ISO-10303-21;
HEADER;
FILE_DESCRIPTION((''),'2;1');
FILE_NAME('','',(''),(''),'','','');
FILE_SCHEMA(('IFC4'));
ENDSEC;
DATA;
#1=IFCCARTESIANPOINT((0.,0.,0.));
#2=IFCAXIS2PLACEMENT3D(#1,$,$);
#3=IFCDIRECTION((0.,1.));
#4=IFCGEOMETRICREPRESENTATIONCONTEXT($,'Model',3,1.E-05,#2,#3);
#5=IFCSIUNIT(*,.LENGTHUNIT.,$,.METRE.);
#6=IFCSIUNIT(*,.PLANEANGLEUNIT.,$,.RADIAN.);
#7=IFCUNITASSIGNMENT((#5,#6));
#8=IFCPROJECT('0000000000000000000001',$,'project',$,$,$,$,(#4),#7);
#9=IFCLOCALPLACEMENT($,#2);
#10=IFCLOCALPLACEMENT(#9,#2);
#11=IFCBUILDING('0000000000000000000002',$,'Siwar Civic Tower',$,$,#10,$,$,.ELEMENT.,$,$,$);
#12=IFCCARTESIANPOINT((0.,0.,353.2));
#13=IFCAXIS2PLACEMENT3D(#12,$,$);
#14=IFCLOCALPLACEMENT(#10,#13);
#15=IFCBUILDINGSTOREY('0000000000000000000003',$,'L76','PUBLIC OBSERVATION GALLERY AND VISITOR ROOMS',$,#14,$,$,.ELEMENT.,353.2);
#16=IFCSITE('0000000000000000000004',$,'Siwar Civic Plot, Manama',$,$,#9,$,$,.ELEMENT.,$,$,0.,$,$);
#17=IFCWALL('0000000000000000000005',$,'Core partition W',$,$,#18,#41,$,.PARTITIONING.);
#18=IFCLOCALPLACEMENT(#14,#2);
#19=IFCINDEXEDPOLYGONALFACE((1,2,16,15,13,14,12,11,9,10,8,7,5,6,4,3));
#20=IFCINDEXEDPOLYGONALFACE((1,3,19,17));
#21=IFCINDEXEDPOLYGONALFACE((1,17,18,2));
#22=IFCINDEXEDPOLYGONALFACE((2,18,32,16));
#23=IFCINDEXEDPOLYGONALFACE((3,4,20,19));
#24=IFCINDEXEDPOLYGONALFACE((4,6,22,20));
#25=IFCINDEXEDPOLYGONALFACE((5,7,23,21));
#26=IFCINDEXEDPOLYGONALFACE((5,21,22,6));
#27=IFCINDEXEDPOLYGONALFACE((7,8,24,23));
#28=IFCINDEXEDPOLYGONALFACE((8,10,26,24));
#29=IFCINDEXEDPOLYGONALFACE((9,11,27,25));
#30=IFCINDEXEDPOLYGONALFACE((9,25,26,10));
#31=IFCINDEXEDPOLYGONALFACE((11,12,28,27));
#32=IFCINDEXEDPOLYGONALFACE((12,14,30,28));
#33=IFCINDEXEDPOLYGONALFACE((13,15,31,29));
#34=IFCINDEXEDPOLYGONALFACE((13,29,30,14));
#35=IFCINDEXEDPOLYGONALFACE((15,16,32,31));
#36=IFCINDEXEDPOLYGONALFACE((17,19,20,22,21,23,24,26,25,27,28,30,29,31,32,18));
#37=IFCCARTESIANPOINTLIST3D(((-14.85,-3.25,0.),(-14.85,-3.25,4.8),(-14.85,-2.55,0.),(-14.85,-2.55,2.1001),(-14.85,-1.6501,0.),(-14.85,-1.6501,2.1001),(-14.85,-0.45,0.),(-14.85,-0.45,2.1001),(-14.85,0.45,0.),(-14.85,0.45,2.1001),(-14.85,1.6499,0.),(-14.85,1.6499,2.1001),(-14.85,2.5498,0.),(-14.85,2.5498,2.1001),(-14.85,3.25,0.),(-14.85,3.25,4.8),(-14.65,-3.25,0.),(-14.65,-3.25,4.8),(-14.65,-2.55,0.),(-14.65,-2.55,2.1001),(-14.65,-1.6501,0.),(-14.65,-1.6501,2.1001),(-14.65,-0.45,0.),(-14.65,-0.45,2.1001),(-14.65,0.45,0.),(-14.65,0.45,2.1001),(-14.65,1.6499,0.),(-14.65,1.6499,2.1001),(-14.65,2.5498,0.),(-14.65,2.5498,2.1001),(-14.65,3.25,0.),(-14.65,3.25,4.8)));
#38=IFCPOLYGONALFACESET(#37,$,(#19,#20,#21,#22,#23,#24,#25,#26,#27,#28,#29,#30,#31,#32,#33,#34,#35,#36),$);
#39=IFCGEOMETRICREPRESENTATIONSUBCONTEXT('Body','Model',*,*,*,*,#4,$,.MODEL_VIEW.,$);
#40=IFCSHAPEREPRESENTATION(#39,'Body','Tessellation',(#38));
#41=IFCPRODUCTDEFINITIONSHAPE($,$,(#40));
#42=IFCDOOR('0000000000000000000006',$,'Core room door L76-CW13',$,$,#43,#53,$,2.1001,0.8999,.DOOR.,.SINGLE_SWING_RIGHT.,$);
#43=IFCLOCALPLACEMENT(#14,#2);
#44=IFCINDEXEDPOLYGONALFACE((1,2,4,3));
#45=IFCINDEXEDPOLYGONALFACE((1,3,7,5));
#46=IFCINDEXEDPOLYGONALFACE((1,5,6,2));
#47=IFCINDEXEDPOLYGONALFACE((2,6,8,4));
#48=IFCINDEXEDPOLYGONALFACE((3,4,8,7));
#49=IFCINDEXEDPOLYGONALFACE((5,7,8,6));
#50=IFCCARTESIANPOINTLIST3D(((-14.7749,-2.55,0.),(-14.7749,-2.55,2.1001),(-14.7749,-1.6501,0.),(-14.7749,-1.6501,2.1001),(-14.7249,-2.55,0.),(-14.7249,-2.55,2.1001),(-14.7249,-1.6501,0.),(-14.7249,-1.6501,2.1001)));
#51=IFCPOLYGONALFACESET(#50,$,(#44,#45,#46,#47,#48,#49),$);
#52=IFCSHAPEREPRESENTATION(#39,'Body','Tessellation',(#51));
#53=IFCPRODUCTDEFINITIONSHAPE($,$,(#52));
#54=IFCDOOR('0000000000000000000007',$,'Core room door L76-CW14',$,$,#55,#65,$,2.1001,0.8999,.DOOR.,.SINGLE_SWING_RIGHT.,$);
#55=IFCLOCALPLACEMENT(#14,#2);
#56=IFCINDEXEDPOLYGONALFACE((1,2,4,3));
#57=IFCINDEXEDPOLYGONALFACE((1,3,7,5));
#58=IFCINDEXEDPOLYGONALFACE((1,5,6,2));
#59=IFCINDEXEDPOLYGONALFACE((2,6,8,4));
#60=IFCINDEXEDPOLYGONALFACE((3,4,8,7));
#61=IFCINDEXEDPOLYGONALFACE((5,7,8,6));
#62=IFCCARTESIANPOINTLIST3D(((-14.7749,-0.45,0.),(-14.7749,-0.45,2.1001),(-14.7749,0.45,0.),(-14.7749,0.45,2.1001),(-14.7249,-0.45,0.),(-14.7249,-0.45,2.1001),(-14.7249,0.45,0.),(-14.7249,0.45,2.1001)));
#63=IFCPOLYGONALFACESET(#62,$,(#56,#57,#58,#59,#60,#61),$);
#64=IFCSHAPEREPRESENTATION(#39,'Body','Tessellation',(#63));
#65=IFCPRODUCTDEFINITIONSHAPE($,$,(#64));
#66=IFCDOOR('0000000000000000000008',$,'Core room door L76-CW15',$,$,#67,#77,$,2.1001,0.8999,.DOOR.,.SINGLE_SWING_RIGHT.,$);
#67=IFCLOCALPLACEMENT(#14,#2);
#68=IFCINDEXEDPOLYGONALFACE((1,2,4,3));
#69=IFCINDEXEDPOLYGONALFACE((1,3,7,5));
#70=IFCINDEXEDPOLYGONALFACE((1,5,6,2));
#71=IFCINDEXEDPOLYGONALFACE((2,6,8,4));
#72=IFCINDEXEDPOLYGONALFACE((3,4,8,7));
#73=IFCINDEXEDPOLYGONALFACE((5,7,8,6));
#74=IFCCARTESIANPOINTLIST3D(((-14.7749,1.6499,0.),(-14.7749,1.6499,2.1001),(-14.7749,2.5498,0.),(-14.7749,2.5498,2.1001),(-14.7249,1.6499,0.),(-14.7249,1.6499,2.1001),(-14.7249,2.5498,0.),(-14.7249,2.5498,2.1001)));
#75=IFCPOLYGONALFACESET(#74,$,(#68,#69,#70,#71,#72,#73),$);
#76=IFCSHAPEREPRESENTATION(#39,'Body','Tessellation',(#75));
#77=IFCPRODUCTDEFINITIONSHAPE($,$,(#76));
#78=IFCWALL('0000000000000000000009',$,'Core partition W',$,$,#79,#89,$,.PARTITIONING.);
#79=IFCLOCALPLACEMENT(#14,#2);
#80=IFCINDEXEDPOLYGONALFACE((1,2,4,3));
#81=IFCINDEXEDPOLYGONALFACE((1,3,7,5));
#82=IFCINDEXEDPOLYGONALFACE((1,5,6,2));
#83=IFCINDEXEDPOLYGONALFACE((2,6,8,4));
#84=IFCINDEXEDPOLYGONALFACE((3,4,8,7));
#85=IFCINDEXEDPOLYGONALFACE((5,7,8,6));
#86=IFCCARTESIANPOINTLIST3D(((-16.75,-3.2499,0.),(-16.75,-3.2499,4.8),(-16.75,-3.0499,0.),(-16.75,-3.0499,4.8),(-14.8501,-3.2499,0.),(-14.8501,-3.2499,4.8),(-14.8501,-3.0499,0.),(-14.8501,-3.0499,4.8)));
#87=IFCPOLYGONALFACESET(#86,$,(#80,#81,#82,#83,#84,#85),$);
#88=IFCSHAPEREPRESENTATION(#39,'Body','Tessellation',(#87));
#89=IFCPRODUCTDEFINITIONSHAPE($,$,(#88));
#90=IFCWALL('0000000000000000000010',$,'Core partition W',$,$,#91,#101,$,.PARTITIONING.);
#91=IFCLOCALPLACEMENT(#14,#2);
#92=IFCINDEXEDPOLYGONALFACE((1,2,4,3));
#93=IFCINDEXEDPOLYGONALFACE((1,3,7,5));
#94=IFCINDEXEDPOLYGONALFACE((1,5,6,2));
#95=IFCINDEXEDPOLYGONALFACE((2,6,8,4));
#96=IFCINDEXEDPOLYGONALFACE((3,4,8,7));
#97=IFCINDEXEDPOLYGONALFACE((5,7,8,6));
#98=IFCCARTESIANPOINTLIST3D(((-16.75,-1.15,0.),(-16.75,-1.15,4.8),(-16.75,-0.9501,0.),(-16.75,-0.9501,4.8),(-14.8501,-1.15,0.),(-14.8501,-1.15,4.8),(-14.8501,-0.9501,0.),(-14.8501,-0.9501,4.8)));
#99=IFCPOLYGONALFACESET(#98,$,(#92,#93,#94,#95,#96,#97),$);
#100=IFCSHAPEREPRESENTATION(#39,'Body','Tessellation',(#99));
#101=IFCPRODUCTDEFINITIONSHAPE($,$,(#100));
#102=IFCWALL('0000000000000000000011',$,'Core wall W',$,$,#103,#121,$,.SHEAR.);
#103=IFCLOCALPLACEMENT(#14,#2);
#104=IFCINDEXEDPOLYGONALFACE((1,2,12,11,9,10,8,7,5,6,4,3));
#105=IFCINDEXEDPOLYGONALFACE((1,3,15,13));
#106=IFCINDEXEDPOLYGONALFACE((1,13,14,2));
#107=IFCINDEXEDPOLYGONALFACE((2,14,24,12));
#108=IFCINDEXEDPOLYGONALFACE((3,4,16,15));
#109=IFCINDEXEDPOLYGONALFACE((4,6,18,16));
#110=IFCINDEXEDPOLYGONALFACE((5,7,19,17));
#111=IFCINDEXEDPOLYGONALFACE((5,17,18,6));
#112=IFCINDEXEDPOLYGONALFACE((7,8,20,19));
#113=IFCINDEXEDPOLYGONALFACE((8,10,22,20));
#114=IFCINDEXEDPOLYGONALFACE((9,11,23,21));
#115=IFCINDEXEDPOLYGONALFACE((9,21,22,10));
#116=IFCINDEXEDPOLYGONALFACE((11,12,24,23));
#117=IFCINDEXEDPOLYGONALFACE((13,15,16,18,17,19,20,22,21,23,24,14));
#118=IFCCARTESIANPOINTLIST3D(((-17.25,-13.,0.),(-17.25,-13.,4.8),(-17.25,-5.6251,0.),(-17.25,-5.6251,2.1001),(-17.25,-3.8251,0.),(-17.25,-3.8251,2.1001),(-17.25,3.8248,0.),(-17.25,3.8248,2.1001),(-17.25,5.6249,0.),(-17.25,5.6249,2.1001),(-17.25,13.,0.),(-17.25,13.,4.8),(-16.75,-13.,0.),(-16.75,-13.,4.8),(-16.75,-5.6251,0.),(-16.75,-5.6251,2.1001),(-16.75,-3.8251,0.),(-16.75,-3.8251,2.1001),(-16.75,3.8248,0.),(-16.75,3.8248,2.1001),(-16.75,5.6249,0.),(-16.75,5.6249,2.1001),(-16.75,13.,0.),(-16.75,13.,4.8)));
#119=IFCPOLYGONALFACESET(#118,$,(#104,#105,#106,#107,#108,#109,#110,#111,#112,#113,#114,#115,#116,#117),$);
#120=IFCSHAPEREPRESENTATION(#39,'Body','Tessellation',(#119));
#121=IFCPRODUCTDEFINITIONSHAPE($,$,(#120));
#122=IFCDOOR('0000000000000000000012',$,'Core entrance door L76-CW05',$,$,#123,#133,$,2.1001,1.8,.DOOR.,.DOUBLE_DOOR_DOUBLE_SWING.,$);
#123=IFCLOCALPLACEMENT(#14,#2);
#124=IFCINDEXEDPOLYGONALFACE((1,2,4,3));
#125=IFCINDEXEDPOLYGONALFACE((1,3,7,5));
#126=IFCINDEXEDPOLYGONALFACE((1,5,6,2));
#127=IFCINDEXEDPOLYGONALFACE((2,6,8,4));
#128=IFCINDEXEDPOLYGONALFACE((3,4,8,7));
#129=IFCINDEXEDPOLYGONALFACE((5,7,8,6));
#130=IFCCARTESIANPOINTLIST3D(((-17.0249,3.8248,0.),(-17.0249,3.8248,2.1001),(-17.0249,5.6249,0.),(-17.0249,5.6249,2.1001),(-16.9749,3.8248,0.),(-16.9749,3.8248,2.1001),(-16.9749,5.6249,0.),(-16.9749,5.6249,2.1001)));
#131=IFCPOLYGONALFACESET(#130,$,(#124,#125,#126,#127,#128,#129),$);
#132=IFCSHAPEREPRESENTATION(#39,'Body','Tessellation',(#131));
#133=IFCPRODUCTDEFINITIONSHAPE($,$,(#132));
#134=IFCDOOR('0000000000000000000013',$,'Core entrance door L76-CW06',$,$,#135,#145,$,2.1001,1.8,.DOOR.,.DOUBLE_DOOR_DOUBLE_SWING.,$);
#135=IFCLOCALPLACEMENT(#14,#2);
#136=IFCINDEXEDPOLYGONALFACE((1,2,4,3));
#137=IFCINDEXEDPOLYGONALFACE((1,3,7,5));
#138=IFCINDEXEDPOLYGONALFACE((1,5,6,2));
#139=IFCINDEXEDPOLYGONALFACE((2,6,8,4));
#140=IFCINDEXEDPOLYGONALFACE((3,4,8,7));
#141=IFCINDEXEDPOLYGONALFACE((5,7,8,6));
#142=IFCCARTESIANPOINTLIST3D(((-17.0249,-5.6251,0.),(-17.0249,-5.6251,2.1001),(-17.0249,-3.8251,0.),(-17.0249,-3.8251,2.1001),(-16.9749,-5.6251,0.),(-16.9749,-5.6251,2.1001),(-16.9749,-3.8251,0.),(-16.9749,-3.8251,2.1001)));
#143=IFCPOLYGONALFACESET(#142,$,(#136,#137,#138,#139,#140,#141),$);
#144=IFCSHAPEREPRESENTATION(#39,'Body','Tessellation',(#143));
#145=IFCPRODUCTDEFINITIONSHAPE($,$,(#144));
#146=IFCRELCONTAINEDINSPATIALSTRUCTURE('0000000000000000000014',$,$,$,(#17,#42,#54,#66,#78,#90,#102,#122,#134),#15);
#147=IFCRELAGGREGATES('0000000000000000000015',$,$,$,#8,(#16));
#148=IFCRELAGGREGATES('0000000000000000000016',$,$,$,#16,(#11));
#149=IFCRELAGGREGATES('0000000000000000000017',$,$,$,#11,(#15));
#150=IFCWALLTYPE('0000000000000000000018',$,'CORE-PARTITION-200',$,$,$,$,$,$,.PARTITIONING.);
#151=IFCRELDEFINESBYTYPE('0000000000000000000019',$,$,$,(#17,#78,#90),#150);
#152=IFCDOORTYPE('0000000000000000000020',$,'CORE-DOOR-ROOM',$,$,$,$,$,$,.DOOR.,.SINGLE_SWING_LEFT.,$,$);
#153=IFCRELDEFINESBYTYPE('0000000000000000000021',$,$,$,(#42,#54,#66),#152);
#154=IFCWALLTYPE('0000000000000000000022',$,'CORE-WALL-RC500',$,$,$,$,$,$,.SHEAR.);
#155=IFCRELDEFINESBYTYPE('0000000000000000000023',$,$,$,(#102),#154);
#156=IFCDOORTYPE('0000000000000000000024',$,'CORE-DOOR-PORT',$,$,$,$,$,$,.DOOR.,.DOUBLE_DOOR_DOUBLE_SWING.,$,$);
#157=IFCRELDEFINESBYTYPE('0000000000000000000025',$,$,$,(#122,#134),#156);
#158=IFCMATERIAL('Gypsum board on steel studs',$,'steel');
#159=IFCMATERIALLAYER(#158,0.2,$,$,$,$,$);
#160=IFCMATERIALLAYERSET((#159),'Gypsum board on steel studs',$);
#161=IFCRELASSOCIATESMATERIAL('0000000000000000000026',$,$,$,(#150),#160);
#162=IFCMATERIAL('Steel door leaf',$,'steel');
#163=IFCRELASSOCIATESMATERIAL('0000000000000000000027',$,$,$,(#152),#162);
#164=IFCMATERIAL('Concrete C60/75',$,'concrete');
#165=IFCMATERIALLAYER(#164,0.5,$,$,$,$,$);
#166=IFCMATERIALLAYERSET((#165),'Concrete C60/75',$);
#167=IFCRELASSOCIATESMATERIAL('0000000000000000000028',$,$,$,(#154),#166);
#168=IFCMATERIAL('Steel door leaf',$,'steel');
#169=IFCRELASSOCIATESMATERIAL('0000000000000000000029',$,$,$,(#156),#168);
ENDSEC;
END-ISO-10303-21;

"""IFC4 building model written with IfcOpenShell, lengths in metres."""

from ifc_helpers import new_model, si_unit, direction, frame, frame_2d, origin, place, context, subcontext, project, spatial, rectangle, extrude, material, layer, layer_set, type_object, element, fill, save


model = new_model("IFC4")

# Units and contexts
model_context = context("Model", 3, precision=1e-05, world=origin(), true_north=direction((0.0, 1.0)))
body_context = subcontext(model_context, "Body", "Model", "MODEL_VIEW")
ifc_project = project(units=[si_unit("LENGTHUNIT", "METRE"), si_unit("PLANEANGLEUNIT", "RADIAN")], contexts=[model_context])

# Site, building, storey
site_placement = place(None, origin())
site = spatial("IfcSite", under=ifc_project, at=site_placement, Name="Siwar Civic Plot, Manama", CompositionType="ELEMENT", RefElevation=0.0)
building_placement = place(site_placement, origin())
building = spatial("IfcBuilding", under=site, at=building_placement, Name="Siwar Civic Tower", CompositionType="ELEMENT")
storey_placement = place(building_placement, frame((0.0, 0.0, 353.2)))
storey = spatial("IfcBuildingStorey", under=building, at=storey_placement, Name="L76", Description="PUBLIC OBSERVATION GALLERY AND VISITOR ROOMS", CompositionType="ELEMENT", Elevation=353.2)

# Wall, openings, doors
ifc_material_1 = material(Name="Gypsum board on steel studs", Category="steel")
ifc_layer_1 = layer(ifc_material_1, 0.2)
ifc_layer_set_1 = layer_set([ifc_layer_1], Name="Gypsum board on steel studs")
wall_type_1 = type_object("IfcWallType", Name="CORE-PARTITION-200", PredefinedType="PARTITIONING", material=ifc_layer_set_1)
wall_1_placement = place(storey_placement, frame((-14.75, -3.25, 0.0), z_axis=(0.0, 0.0, 1.0), x_axis=(0.0, 1.0, 0.0)))
wall_1 = element("IfcWall", 1, at=wall_1_placement, inside=storey, type_object=wall_type_1, Name="Core partition W", PredefinedType="PARTITIONING", context=body_context, shape_type="SweptSolid", body=[
    extrude(rectangle(XDim=6.5, YDim=0.2, at=frame_2d((3.25, 0.0))), origin(), (0.0, 0.0, 1.0), 4.8),
])
opening_1_placement = place(wall_1_placement, frame((0.7, 0.0, 0.0)))
opening_1 = element("IfcOpeningElement", 2, at=opening_1_placement, cuts=wall_1, PredefinedType="OPENING", context=body_context, shape_type="SweptSolid", body=[
    extrude(rectangle(XDim=0.8999, YDim=2.1001, at=frame_2d((0.45, 1.05))), frame((0.0, 0.1099, 0.0), z_axis=(0.0, -1.0, 0.0), x_axis=(1.0, 0.0, 0.0)), (0.0, 0.0, 1.0), 0.22),
])
opening_2_placement = place(wall_1_placement, frame((2.8, 0.0, 0.0)))
opening_2 = element("IfcOpeningElement", 3, at=opening_2_placement, cuts=wall_1, PredefinedType="OPENING", context=body_context, shape_type="SweptSolid", body=[
    extrude(rectangle(XDim=0.8999, YDim=2.1001, at=frame_2d((0.45, 1.05))), frame((0.0, 0.1099, 0.0), z_axis=(0.0, -1.0, 0.0), x_axis=(1.0, 0.0, 0.0)), (0.0, 0.0, 1.0), 0.22),
])
opening_3_placement = place(wall_1_placement, frame((4.8999, 0.0, 0.0)))
opening_3 = element("IfcOpeningElement", 4, at=opening_3_placement, cuts=wall_1, PredefinedType="OPENING", context=body_context, shape_type="SweptSolid", body=[
    extrude(rectangle(XDim=0.8999, YDim=2.1001, at=frame_2d((0.45, 1.05))), frame((0.0, 0.1099, 0.0), z_axis=(0.0, -1.0, 0.0), x_axis=(1.0, 0.0, 0.0)), (0.0, 0.0, 1.0), 0.22),
])
ifc_material_2 = material(Name="Steel door leaf", Category="steel")
door_type_1 = type_object("IfcDoorType", Name="CORE-DOOR-ROOM", OperationType="SINGLE_SWING_LEFT", PredefinedType="DOOR", material=ifc_material_2)
door_1_placement = place(opening_1_placement, origin())
door_1 = element("IfcDoor", 5, at=door_1_placement, inside=storey, type_object=door_type_1, Name="Core room door L76-CW13", OperationType="SINGLE_SWING_RIGHT", OverallHeight=2.1001, OverallWidth=0.8999, PredefinedType="DOOR", context=body_context, shape_type="SweptSolid", body=[
    extrude(rectangle(XDim=0.8999, YDim=2.1001, at=frame_2d((0.45, 1.05))), frame((0.0, 0.0249, 0.0), z_axis=(0.0, -1.0, 0.0), x_axis=(1.0, 0.0, 0.0)), (0.0, 0.0, 1.0), 0.05),
])
fill(opening_1, door_1)
door_2_placement = place(opening_2_placement, origin())
door_2 = element("IfcDoor", 6, at=door_2_placement, inside=storey, type_object=door_type_1, Name="Core room door L76-CW14", OperationType="SINGLE_SWING_RIGHT", OverallHeight=2.1001, OverallWidth=0.8999, PredefinedType="DOOR", context=body_context, shape_type="SweptSolid", body=[
    extrude(rectangle(XDim=0.8999, YDim=2.1001, at=frame_2d((0.45, 1.05))), frame((0.0, 0.0249, 0.0), z_axis=(0.0, -1.0, 0.0), x_axis=(1.0, 0.0, 0.0)), (0.0, 0.0, 1.0), 0.05),
])
fill(opening_2, door_2)
door_3_placement = place(opening_3_placement, origin())
door_3 = element("IfcDoor", 7, at=door_3_placement, inside=storey, type_object=door_type_1, Name="Core room door L76-CW15", OperationType="SINGLE_SWING_RIGHT", OverallHeight=2.1001, OverallWidth=0.8999, PredefinedType="DOOR", context=body_context, shape_type="SweptSolid", body=[
    extrude(rectangle(XDim=0.8999, YDim=2.1001, at=frame_2d((0.45, 1.05))), frame((0.0, 0.0249, 0.0), z_axis=(0.0, -1.0, 0.0), x_axis=(1.0, 0.0, 0.0)), (0.0, 0.0, 1.0), 0.05),
])
fill(opening_3, door_3)

# Walls
for number, where, z_axis, x_axis, name in (
    (8, (-14.8501, -3.1499, 0.0), (0.0, 0.0, 1.0), (-1.0, 0.0, 0.0), "Core partition W"),
    (9, (-14.8501, -1.05, 0.0), (0.0, 0.0, 1.0), (-1.0, 0.0, 0.0), "Core partition W"),
):
    element("IfcWall", number, at=place(storey_placement, frame(where, z_axis=z_axis, x_axis=x_axis)), inside=storey, type_object=wall_type_1, Name=name, PredefinedType="PARTITIONING", context=body_context, shape_type="SweptSolid", body=[
        extrude(rectangle(XDim=1.8999, YDim=0.2, at=frame_2d((0.95, 0.0))), origin(), (0.0, 0.0, 1.0), 4.8),
    ])

# Wall, openings, doors
ifc_material_3 = material(Name="Concrete C60/75", Category="concrete")
ifc_layer_2 = layer(ifc_material_3, 0.5)
ifc_layer_set_2 = layer_set([ifc_layer_2], Name="Concrete C60/75")
wall_type_2 = type_object("IfcWallType", Name="CORE-WALL-RC500", PredefinedType="SHEAR", material=ifc_layer_set_2)
wall_2_placement = place(storey_placement, frame((-17.0, -13.0, 0.0), z_axis=(0.0, 0.0, 1.0), x_axis=(0.0, 1.0, 0.0)))
wall_2 = element("IfcWall", 10, at=wall_2_placement, inside=storey, type_object=wall_type_2, Name="Core wall W", PredefinedType="SHEAR", context=body_context, shape_type="SweptSolid", body=[
    extrude(rectangle(XDim=26.0, YDim=0.5, at=frame_2d((13.0, 0.0))), origin(), (0.0, 0.0, 1.0), 4.8),
])
opening_4_placement = place(wall_2_placement, frame((16.825, 0.0, 0.0)))
opening_4 = element("IfcOpeningElement", 11, at=opening_4_placement, cuts=wall_2, PredefinedType="OPENING", context=body_context, shape_type="SweptSolid", body=[
    extrude(rectangle(XDim=1.8, YDim=2.1001, at=frame_2d((0.8999, 1.05))), frame((0.0, 0.26, 0.0), z_axis=(0.0, -1.0, 0.0), x_axis=(1.0, 0.0, 0.0)), (0.0, 0.0, 1.0), 0.52),
])
opening_5_placement = place(wall_2_placement, frame((7.375, 0.0, 0.0)))
opening_5 = element("IfcOpeningElement", 12, at=opening_5_placement, cuts=wall_2, PredefinedType="OPENING", context=body_context, shape_type="SweptSolid", body=[
    extrude(rectangle(XDim=1.8, YDim=2.1001, at=frame_2d((0.8999, 1.05))), frame((0.0, 0.26, 0.0), z_axis=(0.0, -1.0, 0.0), x_axis=(1.0, 0.0, 0.0)), (0.0, 0.0, 1.0), 0.52),
])
ifc_material_4 = material(Name="Steel door leaf", Category="steel")
door_type_2 = type_object("IfcDoorType", Name="CORE-DOOR-PORT", OperationType="DOUBLE_DOOR_DOUBLE_SWING", PredefinedType="DOOR", material=ifc_material_4)
door_4_placement = place(opening_4_placement, origin())
door_4 = element("IfcDoor", 13, at=door_4_placement, inside=storey, type_object=door_type_2, Name="Core entrance door L76-CW05", OperationType="DOUBLE_DOOR_DOUBLE_SWING", OverallHeight=2.1001, OverallWidth=1.8, PredefinedType="DOOR", context=body_context, shape_type="SweptSolid", body=[
    extrude(rectangle(XDim=1.8, YDim=2.1001, at=frame_2d((0.8999, 1.05))), frame((0.0, 0.0249, 0.0), z_axis=(0.0, -1.0, 0.0), x_axis=(1.0, 0.0, 0.0)), (0.0, 0.0, 1.0), 0.05),
])
fill(opening_4, door_4)
door_5_placement = place(opening_5_placement, origin())
door_5 = element("IfcDoor", 14, at=door_5_placement, inside=storey, type_object=door_type_2, Name="Core entrance door L76-CW06", OperationType="DOUBLE_DOOR_DOUBLE_SWING", OverallHeight=2.1001, OverallWidth=1.8, PredefinedType="DOOR", context=body_context, shape_type="SweptSolid", body=[
    extrude(rectangle(XDim=1.8, YDim=2.1001, at=frame_2d((0.8999, 1.05))), frame((0.0, 0.0249, 0.0), z_axis=(0.0, -1.0, 0.0), x_axis=(1.0, 0.0, 0.0)), (0.0, 0.0, 1.0), 0.05),
])
fill(opening_5, door_5)

save(model, "model.ifc")
